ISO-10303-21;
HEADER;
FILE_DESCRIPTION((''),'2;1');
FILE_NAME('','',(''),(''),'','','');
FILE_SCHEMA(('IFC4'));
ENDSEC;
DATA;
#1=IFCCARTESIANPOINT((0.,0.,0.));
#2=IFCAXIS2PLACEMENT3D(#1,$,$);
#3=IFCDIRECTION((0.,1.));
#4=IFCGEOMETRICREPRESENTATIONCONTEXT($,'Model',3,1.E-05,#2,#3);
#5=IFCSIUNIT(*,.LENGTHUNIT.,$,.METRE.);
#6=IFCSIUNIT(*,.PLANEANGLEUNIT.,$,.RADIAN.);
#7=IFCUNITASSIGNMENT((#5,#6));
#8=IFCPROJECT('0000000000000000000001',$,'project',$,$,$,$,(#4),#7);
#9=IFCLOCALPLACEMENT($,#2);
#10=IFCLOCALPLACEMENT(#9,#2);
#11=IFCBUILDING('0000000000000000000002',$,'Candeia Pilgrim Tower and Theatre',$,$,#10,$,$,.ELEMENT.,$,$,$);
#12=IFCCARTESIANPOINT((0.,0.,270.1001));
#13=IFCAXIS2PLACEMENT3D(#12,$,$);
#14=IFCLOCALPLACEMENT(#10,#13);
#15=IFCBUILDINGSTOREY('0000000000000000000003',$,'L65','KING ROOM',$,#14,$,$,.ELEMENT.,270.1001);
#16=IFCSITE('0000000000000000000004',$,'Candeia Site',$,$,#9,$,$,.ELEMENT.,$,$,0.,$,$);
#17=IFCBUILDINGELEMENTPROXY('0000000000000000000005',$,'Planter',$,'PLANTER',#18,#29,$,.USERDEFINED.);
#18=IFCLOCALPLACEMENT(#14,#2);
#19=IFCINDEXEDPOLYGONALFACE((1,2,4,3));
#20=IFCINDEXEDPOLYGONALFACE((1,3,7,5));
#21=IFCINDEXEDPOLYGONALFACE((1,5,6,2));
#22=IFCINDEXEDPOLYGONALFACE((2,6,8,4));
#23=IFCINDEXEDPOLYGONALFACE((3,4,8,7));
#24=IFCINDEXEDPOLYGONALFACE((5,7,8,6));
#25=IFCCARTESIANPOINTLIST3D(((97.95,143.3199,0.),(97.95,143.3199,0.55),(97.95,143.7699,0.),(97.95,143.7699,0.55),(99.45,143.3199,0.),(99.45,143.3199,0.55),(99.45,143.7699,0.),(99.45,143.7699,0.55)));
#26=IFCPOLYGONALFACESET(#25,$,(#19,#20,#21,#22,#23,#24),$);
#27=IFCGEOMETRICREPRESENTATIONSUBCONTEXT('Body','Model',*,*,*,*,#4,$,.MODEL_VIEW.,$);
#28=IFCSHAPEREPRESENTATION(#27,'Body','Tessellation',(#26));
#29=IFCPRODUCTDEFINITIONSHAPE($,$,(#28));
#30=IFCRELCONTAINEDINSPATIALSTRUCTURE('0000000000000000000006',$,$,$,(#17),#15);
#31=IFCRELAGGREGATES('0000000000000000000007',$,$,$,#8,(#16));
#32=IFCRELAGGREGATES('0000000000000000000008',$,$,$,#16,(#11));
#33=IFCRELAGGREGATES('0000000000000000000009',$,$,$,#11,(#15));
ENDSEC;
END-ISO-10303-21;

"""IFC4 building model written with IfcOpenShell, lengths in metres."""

from ifc_helpers import new_model, si_unit, direction, frame, origin, origin_2d, place, context, subcontext, project, spatial, rectangle, extrude, element, save


model = new_model("IFC4")

# Units and contexts
model_context = context("Model", 3, precision=1e-05, world=origin(), true_north=direction((0.0, 1.0)))
body_context = subcontext(model_context, "Body", "Model", "MODEL_VIEW")
ifc_project = project(units=[si_unit("LENGTHUNIT", "METRE"), si_unit("PLANEANGLEUNIT", "RADIAN")], contexts=[model_context])

# Site, building, storey
site_placement = place(None, origin())
site = spatial("IfcSite", under=ifc_project, at=site_placement, Name="Candeia Site", CompositionType="ELEMENT", RefElevation=0.0)
building_placement = place(site_placement, origin())
building = spatial("IfcBuilding", under=site, at=building_placement, Name="Candeia Pilgrim Tower and Theatre", CompositionType="ELEMENT")
storey_placement = place(building_placement, frame((0.0, 0.0, 270.1001)))
storey = spatial("IfcBuildingStorey", under=building, at=storey_placement, Name="L65", Description="KING ROOM", CompositionType="ELEMENT", Elevation=270.1001)

# Building element proxy
proxy_placement = place(storey_placement, frame((98.7, 143.5449, 0.0), z_axis=(0.0, 0.0, 1.0), x_axis=(-1.0, 0.0, 0.0)))
element("IfcBuildingElementProxy", 1, at=proxy_placement, inside=storey, Name="Planter", ObjectType="PLANTER", PredefinedType="USERDEFINED", context=body_context, shape_type="SweptSolid", body=[
    extrude(rectangle(XDim=1.5, YDim=0.45, at=origin_2d()), origin(), (0.0, 0.0, 1.0), 0.55),
])

save(model, "model.ifc")
